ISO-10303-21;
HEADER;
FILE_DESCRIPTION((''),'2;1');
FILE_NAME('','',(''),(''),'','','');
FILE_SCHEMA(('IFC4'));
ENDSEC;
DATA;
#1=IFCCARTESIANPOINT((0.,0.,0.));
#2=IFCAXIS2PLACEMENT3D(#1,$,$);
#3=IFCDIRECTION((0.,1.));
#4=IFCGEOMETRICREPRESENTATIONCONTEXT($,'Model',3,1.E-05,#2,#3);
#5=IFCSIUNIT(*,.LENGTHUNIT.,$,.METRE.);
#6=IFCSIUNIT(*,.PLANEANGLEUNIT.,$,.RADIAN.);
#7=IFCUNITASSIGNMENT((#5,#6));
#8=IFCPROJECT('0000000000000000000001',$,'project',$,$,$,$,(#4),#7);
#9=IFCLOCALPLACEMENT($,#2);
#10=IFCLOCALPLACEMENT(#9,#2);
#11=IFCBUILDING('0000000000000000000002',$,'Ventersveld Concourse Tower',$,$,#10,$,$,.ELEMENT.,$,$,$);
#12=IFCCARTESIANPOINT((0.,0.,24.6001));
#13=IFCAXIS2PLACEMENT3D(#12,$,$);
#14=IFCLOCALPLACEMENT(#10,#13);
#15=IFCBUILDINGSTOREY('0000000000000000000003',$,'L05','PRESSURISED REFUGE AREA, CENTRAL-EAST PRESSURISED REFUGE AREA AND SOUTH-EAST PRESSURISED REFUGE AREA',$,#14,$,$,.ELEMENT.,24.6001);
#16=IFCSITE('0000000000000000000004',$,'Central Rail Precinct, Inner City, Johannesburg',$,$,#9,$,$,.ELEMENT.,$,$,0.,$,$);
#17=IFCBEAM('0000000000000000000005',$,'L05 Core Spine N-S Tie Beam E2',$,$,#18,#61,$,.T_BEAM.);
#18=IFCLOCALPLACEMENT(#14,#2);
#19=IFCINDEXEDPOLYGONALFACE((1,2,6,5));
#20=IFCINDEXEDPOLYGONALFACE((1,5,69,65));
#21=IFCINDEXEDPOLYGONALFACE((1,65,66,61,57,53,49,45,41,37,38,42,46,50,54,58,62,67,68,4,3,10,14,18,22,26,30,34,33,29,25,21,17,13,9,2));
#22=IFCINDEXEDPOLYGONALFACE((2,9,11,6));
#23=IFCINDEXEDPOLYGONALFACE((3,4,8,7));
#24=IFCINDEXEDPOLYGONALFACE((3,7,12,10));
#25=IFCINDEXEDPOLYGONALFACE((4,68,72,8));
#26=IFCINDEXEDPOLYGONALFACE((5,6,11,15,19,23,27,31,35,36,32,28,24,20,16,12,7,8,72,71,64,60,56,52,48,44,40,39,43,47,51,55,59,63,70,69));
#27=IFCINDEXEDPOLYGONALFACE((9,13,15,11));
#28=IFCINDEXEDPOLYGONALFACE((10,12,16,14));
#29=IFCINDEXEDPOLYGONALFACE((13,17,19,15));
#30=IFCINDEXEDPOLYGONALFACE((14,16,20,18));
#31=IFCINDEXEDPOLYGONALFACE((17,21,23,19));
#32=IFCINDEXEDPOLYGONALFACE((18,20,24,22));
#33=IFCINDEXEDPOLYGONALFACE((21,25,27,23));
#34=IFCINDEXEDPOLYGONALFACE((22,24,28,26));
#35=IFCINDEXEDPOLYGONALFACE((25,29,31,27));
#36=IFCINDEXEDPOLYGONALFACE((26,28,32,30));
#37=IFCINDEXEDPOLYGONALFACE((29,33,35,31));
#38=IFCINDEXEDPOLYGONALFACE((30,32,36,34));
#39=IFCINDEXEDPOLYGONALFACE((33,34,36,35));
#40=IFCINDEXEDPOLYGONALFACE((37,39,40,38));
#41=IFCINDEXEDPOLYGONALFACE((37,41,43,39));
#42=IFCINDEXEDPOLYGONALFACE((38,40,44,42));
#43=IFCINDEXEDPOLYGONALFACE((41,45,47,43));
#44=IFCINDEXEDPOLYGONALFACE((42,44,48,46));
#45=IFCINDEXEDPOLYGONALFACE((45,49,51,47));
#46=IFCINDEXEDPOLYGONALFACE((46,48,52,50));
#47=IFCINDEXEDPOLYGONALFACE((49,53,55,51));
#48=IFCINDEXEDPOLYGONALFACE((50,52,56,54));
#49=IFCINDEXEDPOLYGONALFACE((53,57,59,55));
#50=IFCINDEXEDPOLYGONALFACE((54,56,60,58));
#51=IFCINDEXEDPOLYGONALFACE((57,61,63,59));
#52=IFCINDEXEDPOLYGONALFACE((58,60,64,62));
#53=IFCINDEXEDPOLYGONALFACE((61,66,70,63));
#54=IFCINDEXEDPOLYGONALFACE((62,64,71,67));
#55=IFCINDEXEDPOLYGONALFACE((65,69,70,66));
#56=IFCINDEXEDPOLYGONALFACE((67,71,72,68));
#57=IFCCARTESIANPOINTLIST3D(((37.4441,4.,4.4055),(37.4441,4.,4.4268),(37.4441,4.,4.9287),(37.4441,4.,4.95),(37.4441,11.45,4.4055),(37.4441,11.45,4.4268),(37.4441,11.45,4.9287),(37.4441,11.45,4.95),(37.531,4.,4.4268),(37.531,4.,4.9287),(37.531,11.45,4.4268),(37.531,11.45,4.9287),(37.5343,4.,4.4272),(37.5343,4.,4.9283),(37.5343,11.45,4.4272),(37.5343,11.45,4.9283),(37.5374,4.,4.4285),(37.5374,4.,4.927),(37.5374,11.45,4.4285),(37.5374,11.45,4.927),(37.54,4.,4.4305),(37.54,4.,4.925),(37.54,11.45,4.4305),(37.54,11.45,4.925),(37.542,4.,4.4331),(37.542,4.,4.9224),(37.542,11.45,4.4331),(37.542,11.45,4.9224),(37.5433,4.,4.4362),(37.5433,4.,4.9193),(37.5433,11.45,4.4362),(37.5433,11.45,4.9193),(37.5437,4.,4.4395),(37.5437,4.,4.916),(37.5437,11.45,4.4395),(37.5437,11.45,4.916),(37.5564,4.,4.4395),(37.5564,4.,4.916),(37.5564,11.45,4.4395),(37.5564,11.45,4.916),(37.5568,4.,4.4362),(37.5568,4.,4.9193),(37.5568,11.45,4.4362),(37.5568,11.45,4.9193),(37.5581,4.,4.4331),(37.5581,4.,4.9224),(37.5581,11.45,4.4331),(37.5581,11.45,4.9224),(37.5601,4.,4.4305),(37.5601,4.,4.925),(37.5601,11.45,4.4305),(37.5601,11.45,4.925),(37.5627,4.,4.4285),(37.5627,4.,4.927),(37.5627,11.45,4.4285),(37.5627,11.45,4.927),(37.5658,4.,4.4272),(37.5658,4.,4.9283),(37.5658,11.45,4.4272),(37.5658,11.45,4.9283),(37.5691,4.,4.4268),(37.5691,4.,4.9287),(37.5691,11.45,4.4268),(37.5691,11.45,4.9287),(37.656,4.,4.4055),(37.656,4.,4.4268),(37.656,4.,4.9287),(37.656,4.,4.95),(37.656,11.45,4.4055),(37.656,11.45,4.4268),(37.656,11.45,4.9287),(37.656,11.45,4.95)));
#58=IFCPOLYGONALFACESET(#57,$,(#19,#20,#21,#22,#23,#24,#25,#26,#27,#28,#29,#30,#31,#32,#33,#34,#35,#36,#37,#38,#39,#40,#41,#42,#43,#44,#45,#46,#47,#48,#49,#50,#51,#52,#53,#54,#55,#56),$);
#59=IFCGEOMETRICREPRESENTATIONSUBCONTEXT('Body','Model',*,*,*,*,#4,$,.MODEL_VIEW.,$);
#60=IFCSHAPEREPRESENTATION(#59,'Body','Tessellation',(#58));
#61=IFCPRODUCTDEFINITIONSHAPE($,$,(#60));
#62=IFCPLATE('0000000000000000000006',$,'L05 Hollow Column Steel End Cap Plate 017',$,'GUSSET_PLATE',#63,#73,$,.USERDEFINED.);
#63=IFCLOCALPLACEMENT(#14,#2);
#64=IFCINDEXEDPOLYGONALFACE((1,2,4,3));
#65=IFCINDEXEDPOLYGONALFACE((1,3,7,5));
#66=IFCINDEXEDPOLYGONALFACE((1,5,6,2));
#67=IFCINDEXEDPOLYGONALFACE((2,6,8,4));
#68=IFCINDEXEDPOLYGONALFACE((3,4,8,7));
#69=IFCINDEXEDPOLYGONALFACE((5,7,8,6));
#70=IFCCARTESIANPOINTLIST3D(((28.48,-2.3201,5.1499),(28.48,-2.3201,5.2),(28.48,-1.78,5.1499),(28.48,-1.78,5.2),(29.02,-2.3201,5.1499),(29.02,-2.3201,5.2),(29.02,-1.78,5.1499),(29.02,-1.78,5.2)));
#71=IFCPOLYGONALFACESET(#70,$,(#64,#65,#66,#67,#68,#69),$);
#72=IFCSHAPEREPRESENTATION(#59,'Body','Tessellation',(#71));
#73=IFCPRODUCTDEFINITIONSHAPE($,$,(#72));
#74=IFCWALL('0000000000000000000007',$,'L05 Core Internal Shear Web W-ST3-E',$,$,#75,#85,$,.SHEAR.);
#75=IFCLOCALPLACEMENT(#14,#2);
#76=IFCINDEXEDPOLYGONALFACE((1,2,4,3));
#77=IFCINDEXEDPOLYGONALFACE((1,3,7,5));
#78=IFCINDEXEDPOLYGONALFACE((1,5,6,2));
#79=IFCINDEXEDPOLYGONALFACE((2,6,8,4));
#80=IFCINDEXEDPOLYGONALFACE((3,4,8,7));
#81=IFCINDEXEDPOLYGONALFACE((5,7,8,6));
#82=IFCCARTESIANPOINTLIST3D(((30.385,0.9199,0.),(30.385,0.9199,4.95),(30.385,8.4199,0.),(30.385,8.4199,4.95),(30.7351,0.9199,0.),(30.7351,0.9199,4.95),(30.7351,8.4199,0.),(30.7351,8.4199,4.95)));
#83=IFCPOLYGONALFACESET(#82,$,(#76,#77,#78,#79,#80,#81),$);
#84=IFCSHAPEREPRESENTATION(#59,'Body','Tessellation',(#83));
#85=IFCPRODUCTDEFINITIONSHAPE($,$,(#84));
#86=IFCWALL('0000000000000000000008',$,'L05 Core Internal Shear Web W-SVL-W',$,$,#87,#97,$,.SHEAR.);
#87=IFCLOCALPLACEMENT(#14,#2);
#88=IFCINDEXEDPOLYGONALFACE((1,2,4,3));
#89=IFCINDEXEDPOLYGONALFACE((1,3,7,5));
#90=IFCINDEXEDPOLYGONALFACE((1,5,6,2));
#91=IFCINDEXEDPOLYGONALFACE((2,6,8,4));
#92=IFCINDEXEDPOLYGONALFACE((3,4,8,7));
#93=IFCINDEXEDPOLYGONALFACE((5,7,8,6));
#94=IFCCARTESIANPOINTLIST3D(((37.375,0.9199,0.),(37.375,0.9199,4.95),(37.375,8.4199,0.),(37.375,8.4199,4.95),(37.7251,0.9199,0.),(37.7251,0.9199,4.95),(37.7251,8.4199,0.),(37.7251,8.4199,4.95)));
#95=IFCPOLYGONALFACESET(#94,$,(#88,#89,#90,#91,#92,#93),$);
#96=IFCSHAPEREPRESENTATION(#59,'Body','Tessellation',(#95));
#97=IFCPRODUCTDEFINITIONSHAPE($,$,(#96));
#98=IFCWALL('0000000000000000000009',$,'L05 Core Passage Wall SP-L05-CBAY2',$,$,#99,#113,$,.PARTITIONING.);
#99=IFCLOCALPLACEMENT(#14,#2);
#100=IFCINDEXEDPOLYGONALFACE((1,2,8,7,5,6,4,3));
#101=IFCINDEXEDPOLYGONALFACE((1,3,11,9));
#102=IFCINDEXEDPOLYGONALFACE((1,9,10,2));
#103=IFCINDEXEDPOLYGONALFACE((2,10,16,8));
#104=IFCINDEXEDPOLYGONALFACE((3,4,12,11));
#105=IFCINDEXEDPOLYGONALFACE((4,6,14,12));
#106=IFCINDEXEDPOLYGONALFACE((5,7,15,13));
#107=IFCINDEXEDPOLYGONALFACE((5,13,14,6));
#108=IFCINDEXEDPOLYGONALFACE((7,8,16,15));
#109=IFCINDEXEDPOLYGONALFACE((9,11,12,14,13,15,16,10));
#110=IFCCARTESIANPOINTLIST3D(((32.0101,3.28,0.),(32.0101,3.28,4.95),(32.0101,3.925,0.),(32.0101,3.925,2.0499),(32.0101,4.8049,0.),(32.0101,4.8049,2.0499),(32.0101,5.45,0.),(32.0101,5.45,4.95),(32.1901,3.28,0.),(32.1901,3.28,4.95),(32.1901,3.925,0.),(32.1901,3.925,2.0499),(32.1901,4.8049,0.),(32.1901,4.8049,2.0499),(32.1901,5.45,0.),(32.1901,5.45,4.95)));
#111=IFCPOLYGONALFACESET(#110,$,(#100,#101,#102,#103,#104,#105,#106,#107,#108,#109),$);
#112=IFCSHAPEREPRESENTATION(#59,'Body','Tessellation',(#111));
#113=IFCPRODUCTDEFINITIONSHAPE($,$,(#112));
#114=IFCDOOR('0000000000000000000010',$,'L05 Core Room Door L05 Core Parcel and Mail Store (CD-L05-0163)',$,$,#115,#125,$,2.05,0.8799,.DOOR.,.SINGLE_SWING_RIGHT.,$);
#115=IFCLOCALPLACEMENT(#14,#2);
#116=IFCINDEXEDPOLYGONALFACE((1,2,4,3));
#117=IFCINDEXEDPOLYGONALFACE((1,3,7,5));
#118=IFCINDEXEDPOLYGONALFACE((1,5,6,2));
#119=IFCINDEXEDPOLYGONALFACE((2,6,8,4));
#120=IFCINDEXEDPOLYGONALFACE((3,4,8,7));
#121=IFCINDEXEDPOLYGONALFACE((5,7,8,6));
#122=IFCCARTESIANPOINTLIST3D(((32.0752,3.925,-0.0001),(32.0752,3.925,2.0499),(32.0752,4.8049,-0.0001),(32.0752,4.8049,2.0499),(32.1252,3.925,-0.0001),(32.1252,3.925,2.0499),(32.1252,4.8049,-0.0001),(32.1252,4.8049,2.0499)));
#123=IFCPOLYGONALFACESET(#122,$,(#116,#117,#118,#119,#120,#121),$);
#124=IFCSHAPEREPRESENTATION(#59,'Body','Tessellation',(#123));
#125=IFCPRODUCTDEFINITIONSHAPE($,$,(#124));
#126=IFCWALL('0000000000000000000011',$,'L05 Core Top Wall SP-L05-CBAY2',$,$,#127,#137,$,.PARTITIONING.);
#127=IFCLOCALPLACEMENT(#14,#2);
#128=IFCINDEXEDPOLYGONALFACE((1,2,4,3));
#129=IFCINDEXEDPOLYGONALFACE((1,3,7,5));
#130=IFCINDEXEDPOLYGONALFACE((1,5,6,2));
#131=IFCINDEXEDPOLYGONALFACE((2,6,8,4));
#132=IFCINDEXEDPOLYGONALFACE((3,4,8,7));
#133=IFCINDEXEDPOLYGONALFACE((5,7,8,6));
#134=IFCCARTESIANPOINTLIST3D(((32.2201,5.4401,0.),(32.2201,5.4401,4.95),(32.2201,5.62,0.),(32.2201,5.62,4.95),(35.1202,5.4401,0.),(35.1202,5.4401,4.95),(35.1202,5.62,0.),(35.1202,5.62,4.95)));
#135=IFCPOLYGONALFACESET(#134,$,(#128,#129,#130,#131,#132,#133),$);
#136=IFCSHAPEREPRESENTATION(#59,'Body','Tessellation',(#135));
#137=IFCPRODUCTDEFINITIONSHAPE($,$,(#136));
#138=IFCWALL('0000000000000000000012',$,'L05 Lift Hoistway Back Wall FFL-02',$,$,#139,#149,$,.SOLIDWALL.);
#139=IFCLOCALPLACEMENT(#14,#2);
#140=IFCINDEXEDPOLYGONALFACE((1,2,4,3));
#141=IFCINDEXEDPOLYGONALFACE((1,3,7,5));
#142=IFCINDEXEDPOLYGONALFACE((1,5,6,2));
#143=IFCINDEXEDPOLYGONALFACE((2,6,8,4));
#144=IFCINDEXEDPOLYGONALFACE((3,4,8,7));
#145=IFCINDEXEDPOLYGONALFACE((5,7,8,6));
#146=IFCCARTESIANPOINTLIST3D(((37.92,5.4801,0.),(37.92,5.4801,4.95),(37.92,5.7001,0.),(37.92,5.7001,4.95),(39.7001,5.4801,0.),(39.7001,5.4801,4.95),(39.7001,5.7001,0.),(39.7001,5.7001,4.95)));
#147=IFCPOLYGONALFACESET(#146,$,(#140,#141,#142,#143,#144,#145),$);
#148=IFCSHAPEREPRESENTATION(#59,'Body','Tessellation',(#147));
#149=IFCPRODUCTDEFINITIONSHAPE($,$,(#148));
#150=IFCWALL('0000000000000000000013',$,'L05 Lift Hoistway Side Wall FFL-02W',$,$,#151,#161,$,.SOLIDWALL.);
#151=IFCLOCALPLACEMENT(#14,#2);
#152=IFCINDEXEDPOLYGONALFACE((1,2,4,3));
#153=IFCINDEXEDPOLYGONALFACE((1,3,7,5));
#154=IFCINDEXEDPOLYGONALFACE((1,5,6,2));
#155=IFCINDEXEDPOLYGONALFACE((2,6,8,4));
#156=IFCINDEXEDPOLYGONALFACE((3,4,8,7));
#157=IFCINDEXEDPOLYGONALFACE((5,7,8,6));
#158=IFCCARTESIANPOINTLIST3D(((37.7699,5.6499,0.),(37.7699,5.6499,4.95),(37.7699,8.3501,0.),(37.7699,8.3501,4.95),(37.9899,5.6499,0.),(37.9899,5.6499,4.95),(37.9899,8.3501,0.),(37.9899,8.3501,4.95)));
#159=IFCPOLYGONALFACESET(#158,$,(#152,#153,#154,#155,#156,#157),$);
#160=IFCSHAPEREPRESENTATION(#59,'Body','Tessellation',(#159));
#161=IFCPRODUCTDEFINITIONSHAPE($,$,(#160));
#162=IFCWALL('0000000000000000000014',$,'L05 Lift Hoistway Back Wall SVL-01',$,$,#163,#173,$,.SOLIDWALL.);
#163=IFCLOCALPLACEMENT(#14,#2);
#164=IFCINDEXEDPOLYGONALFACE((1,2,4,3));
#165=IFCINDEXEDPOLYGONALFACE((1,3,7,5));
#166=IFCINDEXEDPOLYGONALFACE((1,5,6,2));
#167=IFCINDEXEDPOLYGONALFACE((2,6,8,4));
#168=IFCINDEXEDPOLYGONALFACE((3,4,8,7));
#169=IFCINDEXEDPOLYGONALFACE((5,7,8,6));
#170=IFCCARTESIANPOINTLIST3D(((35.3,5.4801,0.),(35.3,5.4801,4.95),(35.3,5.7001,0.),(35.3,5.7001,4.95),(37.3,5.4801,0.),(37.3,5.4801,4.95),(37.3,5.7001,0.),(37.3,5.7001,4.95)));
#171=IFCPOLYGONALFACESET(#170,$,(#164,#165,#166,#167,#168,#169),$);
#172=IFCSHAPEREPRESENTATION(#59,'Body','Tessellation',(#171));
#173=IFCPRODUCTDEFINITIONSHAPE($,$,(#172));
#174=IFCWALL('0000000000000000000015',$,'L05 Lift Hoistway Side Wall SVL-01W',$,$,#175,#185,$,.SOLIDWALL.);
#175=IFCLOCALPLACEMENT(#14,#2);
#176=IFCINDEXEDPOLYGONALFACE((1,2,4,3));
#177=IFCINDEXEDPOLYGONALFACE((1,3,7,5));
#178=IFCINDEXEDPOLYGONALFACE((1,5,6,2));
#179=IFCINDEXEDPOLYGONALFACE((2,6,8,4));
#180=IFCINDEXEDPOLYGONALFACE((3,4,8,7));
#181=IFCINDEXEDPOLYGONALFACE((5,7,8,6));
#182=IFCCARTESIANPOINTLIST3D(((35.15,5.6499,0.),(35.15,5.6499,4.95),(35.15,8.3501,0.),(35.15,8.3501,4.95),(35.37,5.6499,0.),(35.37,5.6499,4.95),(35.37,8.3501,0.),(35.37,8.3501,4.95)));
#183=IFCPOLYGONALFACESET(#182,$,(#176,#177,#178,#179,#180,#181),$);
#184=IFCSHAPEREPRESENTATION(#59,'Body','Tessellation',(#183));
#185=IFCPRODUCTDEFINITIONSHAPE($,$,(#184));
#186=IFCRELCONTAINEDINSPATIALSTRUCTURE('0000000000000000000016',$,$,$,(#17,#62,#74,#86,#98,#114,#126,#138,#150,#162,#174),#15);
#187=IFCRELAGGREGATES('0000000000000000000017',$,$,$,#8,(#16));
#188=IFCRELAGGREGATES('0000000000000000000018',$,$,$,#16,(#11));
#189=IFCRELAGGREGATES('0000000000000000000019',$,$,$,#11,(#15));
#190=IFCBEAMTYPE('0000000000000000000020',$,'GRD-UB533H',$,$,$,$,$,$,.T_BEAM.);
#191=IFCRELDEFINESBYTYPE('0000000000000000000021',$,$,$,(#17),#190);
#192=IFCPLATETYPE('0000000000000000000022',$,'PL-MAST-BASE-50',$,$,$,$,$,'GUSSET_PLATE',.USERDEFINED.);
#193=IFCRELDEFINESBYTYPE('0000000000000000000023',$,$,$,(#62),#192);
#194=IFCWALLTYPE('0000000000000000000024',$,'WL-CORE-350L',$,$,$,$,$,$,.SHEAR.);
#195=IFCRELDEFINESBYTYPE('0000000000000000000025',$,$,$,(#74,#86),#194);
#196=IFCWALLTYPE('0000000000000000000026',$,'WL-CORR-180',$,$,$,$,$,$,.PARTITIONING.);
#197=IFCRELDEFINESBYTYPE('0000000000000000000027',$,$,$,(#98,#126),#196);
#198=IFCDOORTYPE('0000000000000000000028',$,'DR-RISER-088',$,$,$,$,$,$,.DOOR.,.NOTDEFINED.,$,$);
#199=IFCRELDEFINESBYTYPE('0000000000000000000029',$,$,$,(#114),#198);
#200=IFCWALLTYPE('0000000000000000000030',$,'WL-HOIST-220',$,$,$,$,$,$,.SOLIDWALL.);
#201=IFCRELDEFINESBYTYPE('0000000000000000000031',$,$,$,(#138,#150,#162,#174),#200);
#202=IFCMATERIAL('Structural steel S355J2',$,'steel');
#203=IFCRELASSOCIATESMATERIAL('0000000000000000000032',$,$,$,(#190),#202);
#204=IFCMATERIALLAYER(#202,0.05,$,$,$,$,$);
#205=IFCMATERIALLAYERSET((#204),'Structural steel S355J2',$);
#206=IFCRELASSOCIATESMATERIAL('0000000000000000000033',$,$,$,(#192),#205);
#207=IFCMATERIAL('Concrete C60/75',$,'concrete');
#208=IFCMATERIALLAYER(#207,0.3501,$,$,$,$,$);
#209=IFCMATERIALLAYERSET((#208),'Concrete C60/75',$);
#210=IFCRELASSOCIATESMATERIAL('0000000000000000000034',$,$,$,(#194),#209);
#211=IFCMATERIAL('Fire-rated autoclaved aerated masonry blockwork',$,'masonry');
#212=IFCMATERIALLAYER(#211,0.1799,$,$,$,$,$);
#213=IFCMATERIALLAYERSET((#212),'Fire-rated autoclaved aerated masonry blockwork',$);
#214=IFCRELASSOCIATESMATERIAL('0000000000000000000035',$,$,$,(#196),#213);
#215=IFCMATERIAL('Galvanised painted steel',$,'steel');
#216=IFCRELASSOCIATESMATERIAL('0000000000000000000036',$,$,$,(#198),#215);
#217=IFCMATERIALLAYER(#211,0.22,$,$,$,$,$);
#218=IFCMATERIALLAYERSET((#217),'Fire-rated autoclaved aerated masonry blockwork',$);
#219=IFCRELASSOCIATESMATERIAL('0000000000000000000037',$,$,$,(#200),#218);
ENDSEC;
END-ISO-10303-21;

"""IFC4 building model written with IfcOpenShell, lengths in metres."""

from ifc_helpers import new_model, si_unit, direction, frame, frame_2d, origin, origin_2d, place, context, subcontext, project, spatial, rectangle, i_section, extrude, material, layer, layer_set, material_profile, profile_set, type_object, element, fill, save


model = new_model("IFC4")

# Units and contexts
model_context = context("Model", 3, precision=1e-05, world=origin(), true_north=direction((0.0, 1.0)))
body_context = subcontext(model_context, "Body", "Model", "MODEL_VIEW")
ifc_project = project(units=[si_unit("LENGTHUNIT", "METRE"), si_unit("PLANEANGLEUNIT", "RADIAN")], contexts=[model_context])

# Site, building, storey
site_placement = place(None, origin())
site = spatial("IfcSite", under=ifc_project, at=site_placement, Name="Central Rail Precinct, Inner City, Johannesburg", CompositionType="ELEMENT", RefElevation=0.0)
building_placement = place(site_placement, origin())
building = spatial("IfcBuilding", under=site, at=building_placement, Name="Ventersveld Concourse Tower", CompositionType="ELEMENT")
storey_placement = place(building_placement, frame((0.0, 0.0, 24.6001)))
storey = spatial("IfcBuildingStorey", under=building, at=storey_placement, Name="L05", Description="PRESSURISED REFUGE AREA, CENTRAL-EAST PRESSURISED REFUGE AREA AND SOUTH-EAST PRESSURISED REFUGE AREA", CompositionType="ELEMENT", Elevation=24.6001)

# Beam
ifc_material_1 = material(Name="Structural steel S355J2", Category="steel")
ifc_material_profile_1 = material_profile(ifc_material_1, i_section(OverallWidth=0.2119, OverallDepth=0.5444, WebThickness=0.0127, FlangeThickness=0.0212, FilletRadius=0.0127, at=origin_2d()), Name="UB 533x210x122")
ifc_profile_set_1 = profile_set([ifc_material_profile_1], Name="Structural steel S355J2")
beam_type_1 = type_object("IfcBeamType", Name="GRD-UB533H", PredefinedType="T_BEAM", material=ifc_profile_set_1)
beam_1_placement = place(storey_placement, frame((37.55, 4.0, 4.6777), z_axis=(0.0, 1.0, 0.0), x_axis=(-1.0, 0.0, 0.0)))
element("IfcBeam", 1, at=beam_1_placement, inside=storey, type_object=beam_type_1, Name="L05 Core Spine N-S Tie Beam E2", PredefinedType="T_BEAM", context=body_context, shape_type="SweptSolid", body=[
    extrude(i_section(OverallWidth=0.2119, OverallDepth=0.5444, WebThickness=0.0127, FlangeThickness=0.0212, FilletRadius=0.0127, at=origin_2d()), origin(), (0.0, 0.0, 1.0), 7.45),
])

# Plate
ifc_layer_1 = layer(ifc_material_1, 0.05)
ifc_layer_set_1 = layer_set([ifc_layer_1], Name="Structural steel S355J2")
plate_type = type_object("IfcPlateType", Name="PL-MAST-BASE-50", ElementType="GUSSET_PLATE", PredefinedType="USERDEFINED", material=ifc_layer_set_1)
plate_placement = place(storey_placement, frame((28.75, -2.05, 5.1499), z_axis=(0.0, 0.0, 1.0), x_axis=(1.0, 0.0, 0.0)))
element("IfcPlate", 2, at=plate_placement, inside=storey, type_object=plate_type, Name="L05 Hollow Column Steel End Cap Plate 017", ObjectType="GUSSET_PLATE", PredefinedType="USERDEFINED", context=body_context, shape_type="SweptSolid", body=[
    extrude(rectangle(XDim=0.54, YDim=0.54, at=origin_2d()), origin(), (0.0, 0.0, 1.0), 0.05),
])

# Walls
ifc_material_2 = material(Name="Concrete C60/75", Category="concrete")
ifc_layer_2 = layer(ifc_material_2, 0.3501)
ifc_layer_set_2 = layer_set([ifc_layer_2], Name="Concrete C60/75")
wall_type_1 = type_object("IfcWallType", Name="WL-CORE-350L", PredefinedType="SHEAR", material=ifc_layer_set_2)
for number, where, z_axis, x_axis, name in (
    (3, (30.5601, 0.9199, 0.0), (0.0, 0.0, 1.0), (0.0, 1.0, 0.0), "L05 Core Internal Shear Web W-ST3-E"),
    (4, (37.55, 0.9199, 0.0), (0.0, 0.0, 1.0), (0.0, 1.0, 0.0), "L05 Core Internal Shear Web W-SVL-W"),
):
    element("IfcWall", number, at=place(storey_placement, frame(where, z_axis=z_axis, x_axis=x_axis)), inside=storey, type_object=wall_type_1, Name=name, PredefinedType="SHEAR", context=body_context, shape_type="SweptSolid", body=[
        extrude(rectangle(XDim=7.5, YDim=0.3501, at=frame_2d((3.75, 0.0))), origin(), (0.0, 0.0, 1.0), 4.95),
    ])

# Wall, opening, door
ifc_material_3 = material(Name="Fire-rated autoclaved aerated masonry blockwork", Category="masonry")
ifc_layer_3 = layer(ifc_material_3, 0.1799)
ifc_layer_set_3 = layer_set([ifc_layer_3], Name="Fire-rated autoclaved aerated masonry blockwork")
wall_type_2 = type_object("IfcWallType", Name="WL-CORR-180", PredefinedType="PARTITIONING", material=ifc_layer_set_3)
wall_1_placement = place(storey_placement, frame((32.1001, 3.28, 0.0), z_axis=(0.0, 0.0, 1.0), x_axis=(0.0, 1.0, 0.0)))
wall_1 = element("IfcWall", 5, at=wall_1_placement, inside=storey, type_object=wall_type_2, Name="L05 Core Passage Wall SP-L05-CBAY2", PredefinedType="PARTITIONING", context=body_context, shape_type="SweptSolid", body=[
    extrude(rectangle(XDim=2.1699, YDim=0.1799, at=frame_2d((1.085, 0.0))), origin(), (0.0, 0.0, 1.0), 4.95),
])
opening_placement = place(wall_1_placement, frame((0.645, 0.0, 0.0)))
opening = element("IfcOpeningElement", 6, at=opening_placement, cuts=wall_1, PredefinedType="OPENING", context=body_context, shape_type="SweptSolid", body=[
    extrude(rectangle(XDim=0.8799, YDim=2.05, at=frame_2d((0.4399, 1.0249))), frame((0.0, 0.1001, 0.0), z_axis=(0.0, -1.0, 0.0), x_axis=(1.0, 0.0, 0.0)), (0.0, 0.0, 1.0), 0.2),
])
ifc_material_4 = material(Name="Galvanised painted steel", Category="steel")
door_type = type_object("IfcDoorType", Name="DR-RISER-088", OperationType="NOTDEFINED", PredefinedType="DOOR", material=ifc_material_4)
door_placement = place(opening_placement, origin())
door = element("IfcDoor", 7, at=door_placement, inside=storey, type_object=door_type, Name="L05 Core Room Door L05 Core Parcel and Mail Store (CD-L05-0163)", OperationType="SINGLE_SWING_RIGHT", OverallHeight=2.05, OverallWidth=0.8799, PredefinedType="DOOR", context=body_context, shape_type="SweptSolid", body=[
    extrude(rectangle(XDim=0.8799, YDim=2.05, at=frame_2d((0.4399, 1.0249))), frame((0.0, 0.0249, 0.0), z_axis=(0.0, -1.0, 0.0), x_axis=(1.0, 0.0, 0.0)), (0.0, 0.0, 1.0), 0.05),
])
fill(opening, door)

# Walls
wall_2_placement = place(storey_placement, frame((32.22, 5.53, 0.0), z_axis=(0.0, 0.0, 1.0), x_axis=(1.0, 0.0, 0.0)))
element("IfcWall", 8, at=wall_2_placement, inside=storey, type_object=wall_type_2, Name="L05 Core Top Wall SP-L05-CBAY2", PredefinedType="PARTITIONING", context=body_context, shape_type="SweptSolid", body=[
    extrude(rectangle(XDim=2.9001, YDim=0.1799, at=frame_2d((1.4502, 0.0))), origin(), (0.0, 0.0, 1.0), 4.95),
])
ifc_layer_4 = layer(ifc_material_3, 0.22)
ifc_layer_set_4 = layer_set([ifc_layer_4], Name="Fire-rated autoclaved aerated masonry blockwork")
wall_type_3 = type_object("IfcWallType", Name="WL-HOIST-220", PredefinedType="SOLIDWALL", material=ifc_layer_set_4)
wall_3_placement = place(storey_placement, frame((37.9199, 5.5901, 0.0), z_axis=(0.0, 0.0, 1.0), x_axis=(1.0, 0.0, 0.0)))
element("IfcWall", 9, at=wall_3_placement, inside=storey, type_object=wall_type_3, Name="L05 Lift Hoistway Back Wall FFL-02", PredefinedType="SOLIDWALL", context=body_context, shape_type="SweptSolid", body=[
    extrude(rectangle(XDim=1.78, YDim=0.22, at=frame_2d((0.8901, 0.0))), origin(), (0.0, 0.0, 1.0), 4.95),
])
wall_4_placement = place(storey_placement, frame((37.8799, 5.6499, 0.0), z_axis=(0.0, 0.0, 1.0), x_axis=(0.0, 1.0, 0.0)))
element("IfcWall", 10, at=wall_4_placement, inside=storey, type_object=wall_type_3, Name="L05 Lift Hoistway Side Wall FFL-02W", PredefinedType="SOLIDWALL", context=body_context, shape_type="SweptSolid", body=[
    extrude(rectangle(XDim=2.7002, YDim=0.22, at=frame_2d((1.3501, 0.0))), origin(), (0.0, 0.0, 1.0), 4.95),
])
wall_5_placement = place(storey_placement, frame((35.3, 5.5901, 0.0), z_axis=(0.0, 0.0, 1.0), x_axis=(1.0, 0.0, 0.0)))
element("IfcWall", 11, at=wall_5_placement, inside=storey, type_object=wall_type_3, Name="L05 Lift Hoistway Back Wall SVL-01", PredefinedType="SOLIDWALL", context=body_context, shape_type="SweptSolid", body=[
    extrude(rectangle(XDim=2.0, YDim=0.22, at=frame_2d((1.0, 0.0))), origin(), (0.0, 0.0, 1.0), 4.95),
])
wall_6_placement = place(storey_placement, frame((35.26, 5.6499, 0.0), z_axis=(0.0, 0.0, 1.0), x_axis=(0.0, 1.0, 0.0)))
element("IfcWall", 12, at=wall_6_placement, inside=storey, type_object=wall_type_3, Name="L05 Lift Hoistway Side Wall SVL-01W", PredefinedType="SOLIDWALL", context=body_context, shape_type="SweptSolid", body=[
    extrude(rectangle(XDim=2.7002, YDim=0.22, at=frame_2d((1.3501, 0.0))), origin(), (0.0, 0.0, 1.0), 4.95),
])

save(model, "model.ifc")
